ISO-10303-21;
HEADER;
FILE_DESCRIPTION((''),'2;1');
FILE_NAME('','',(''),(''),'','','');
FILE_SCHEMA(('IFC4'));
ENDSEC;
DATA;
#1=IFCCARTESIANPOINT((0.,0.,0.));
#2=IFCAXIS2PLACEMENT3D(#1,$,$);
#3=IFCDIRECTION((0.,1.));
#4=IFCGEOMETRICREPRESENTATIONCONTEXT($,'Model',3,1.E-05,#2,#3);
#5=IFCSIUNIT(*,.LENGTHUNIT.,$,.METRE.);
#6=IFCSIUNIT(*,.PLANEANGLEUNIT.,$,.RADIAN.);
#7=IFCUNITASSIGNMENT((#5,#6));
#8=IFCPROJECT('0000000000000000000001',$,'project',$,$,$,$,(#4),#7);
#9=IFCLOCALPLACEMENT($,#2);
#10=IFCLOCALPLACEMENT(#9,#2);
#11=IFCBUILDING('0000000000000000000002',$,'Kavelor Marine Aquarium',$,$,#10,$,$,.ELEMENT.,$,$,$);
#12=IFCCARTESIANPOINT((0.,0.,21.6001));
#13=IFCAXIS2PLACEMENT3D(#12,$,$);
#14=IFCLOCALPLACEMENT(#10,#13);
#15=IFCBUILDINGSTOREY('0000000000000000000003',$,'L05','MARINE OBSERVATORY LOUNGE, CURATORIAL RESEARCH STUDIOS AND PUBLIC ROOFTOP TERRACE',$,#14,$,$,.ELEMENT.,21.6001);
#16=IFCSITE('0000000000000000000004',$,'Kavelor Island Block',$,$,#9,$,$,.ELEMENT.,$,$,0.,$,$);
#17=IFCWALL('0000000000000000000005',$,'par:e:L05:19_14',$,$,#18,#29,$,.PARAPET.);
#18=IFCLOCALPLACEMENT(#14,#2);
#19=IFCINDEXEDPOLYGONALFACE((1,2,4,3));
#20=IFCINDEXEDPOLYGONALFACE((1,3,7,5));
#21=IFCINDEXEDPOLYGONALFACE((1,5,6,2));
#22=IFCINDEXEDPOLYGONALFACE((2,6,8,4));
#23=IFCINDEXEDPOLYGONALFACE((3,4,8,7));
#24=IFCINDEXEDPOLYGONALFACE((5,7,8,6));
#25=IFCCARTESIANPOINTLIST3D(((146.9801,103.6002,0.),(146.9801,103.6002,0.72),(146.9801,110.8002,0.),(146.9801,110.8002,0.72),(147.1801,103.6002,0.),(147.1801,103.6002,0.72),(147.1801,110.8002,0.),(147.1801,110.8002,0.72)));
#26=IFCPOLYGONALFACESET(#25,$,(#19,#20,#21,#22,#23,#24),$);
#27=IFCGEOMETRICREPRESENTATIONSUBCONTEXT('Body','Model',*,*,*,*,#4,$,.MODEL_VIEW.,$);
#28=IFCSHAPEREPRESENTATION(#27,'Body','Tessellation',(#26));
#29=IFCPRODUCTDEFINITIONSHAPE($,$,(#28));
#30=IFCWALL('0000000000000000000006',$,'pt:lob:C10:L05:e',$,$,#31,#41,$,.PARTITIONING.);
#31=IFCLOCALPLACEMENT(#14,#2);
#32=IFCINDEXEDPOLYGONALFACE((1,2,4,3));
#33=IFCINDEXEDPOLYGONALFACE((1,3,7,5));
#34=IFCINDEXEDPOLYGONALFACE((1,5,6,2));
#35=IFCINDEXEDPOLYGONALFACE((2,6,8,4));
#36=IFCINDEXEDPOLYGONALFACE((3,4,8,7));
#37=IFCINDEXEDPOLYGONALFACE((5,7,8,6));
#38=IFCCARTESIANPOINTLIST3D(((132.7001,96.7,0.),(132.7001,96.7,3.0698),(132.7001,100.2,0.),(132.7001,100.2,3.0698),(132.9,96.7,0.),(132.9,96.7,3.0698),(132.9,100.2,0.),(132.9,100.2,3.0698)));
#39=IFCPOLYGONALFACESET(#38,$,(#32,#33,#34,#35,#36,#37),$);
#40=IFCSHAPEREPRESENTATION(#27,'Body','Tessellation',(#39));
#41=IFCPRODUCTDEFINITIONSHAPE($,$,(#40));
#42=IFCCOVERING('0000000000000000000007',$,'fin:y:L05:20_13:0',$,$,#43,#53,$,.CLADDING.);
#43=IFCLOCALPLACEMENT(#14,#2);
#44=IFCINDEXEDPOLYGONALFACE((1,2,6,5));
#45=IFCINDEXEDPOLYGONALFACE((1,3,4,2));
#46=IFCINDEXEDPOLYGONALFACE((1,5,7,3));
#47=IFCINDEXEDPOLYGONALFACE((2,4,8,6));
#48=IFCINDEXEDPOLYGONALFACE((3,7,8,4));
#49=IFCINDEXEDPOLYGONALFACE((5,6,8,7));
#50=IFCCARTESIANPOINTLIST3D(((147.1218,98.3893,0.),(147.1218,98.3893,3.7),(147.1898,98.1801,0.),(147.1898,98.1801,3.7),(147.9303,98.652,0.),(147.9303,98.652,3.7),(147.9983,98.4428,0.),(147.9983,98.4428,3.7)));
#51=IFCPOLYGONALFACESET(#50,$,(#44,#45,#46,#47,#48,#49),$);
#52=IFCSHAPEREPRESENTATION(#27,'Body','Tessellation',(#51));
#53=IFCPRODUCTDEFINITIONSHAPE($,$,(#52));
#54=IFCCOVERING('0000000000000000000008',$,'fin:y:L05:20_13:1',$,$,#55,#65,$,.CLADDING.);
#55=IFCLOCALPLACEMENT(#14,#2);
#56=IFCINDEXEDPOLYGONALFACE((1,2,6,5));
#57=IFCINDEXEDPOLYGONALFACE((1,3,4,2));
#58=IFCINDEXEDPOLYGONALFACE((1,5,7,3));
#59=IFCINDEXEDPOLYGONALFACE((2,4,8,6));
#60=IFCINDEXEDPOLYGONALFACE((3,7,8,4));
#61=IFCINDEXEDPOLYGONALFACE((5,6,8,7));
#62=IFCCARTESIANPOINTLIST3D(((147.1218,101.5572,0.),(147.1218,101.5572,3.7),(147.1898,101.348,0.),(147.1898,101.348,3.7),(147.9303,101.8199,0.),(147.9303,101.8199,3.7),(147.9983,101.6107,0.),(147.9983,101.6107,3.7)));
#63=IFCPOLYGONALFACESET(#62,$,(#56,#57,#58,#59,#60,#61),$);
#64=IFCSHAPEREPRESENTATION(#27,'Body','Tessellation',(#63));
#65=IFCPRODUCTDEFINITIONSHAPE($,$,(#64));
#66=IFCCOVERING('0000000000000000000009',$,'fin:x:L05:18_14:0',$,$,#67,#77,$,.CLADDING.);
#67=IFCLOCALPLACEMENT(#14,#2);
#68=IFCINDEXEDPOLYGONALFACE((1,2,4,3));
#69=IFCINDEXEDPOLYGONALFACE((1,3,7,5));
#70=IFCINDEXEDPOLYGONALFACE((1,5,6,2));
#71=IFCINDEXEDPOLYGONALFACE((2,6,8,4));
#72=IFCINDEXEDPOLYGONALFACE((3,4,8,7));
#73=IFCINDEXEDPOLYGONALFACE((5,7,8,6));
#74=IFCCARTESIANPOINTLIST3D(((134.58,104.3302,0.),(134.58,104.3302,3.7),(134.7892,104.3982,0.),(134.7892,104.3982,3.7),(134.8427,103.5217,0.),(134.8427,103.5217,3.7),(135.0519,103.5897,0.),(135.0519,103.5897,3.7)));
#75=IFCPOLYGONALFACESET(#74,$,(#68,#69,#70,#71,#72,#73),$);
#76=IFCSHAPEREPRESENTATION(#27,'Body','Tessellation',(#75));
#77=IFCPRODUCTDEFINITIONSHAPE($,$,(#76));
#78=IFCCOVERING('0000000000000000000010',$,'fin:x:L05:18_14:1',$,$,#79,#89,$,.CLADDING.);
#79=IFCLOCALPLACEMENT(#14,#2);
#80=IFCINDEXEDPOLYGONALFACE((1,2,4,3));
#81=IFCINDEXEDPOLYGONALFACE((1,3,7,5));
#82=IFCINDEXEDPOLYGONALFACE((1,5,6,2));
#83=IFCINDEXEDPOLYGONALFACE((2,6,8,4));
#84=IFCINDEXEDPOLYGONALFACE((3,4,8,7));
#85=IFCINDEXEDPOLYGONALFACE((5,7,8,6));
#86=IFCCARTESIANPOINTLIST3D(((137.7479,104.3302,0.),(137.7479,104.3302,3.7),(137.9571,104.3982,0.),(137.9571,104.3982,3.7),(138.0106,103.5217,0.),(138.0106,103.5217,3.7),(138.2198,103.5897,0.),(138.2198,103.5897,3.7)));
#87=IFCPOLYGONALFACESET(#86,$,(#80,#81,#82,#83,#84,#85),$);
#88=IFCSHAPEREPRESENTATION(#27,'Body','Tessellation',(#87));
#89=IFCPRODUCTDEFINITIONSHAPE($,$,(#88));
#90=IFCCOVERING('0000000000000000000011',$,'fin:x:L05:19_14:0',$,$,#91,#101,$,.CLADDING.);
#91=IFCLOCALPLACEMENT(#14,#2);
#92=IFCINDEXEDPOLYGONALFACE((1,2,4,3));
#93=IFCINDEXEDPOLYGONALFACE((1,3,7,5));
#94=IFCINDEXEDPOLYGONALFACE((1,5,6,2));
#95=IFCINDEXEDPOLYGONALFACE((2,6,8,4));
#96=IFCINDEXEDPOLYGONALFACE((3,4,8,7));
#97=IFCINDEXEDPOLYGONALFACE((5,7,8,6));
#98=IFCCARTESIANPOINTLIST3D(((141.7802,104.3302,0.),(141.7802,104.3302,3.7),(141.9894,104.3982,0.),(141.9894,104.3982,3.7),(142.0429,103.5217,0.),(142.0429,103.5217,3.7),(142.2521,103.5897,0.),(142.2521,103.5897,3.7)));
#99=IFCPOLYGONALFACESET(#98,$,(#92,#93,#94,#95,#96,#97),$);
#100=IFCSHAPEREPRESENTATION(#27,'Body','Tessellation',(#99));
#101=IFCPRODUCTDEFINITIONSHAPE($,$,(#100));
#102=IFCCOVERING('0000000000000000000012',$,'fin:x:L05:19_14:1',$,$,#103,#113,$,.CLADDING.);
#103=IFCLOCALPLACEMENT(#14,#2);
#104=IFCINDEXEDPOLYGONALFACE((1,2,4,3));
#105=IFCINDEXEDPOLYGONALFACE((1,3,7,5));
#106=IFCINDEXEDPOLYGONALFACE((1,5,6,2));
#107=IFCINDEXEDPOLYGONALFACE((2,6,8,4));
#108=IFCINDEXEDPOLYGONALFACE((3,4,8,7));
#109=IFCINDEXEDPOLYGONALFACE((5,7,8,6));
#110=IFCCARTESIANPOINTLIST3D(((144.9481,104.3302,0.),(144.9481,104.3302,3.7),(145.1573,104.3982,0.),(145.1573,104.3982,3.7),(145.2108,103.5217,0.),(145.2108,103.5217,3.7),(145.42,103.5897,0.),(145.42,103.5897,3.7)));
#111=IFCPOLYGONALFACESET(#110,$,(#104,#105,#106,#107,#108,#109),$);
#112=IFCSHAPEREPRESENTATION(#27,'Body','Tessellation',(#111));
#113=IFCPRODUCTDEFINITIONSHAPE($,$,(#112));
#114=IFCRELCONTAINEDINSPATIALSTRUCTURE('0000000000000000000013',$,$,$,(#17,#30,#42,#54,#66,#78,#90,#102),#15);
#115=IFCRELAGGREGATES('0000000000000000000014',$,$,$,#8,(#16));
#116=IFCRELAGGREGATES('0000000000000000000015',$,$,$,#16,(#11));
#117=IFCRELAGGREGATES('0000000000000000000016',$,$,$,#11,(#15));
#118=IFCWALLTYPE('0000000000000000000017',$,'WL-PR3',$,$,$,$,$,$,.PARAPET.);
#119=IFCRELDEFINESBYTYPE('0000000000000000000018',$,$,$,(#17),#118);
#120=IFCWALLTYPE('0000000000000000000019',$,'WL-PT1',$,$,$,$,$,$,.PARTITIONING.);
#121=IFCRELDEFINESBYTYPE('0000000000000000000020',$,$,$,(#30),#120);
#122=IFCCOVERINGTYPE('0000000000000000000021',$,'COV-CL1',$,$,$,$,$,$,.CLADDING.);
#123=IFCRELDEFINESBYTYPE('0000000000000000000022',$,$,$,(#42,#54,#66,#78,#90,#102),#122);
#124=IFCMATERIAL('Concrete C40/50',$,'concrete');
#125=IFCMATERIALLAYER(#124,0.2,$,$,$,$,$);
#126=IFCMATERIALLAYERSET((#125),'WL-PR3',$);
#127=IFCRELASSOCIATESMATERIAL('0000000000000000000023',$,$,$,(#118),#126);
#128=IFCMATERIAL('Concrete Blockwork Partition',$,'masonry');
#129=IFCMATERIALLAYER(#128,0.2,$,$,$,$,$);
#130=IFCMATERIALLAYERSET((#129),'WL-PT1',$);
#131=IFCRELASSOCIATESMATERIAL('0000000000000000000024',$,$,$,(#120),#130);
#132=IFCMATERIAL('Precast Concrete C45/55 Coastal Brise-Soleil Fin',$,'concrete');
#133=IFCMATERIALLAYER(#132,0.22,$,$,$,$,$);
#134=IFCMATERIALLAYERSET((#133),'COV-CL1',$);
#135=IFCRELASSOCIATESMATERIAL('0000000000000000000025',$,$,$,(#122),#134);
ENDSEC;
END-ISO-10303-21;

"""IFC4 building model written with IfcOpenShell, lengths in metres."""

from ifc_helpers import new_model, si_unit, direction, frame, frame_2d, origin, origin_2d, place, context, subcontext, project, spatial, rectangle, extrude, material, layer, layer_set, type_object, element, save


model = new_model("IFC4")

# Units and contexts
model_context = context("Model", 3, precision=1e-05, world=origin(), true_north=direction((0.0, 1.0)))
body_context = subcontext(model_context, "Body", "Model", "MODEL_VIEW")
ifc_project = project(units=[si_unit("LENGTHUNIT", "METRE"), si_unit("PLANEANGLEUNIT", "RADIAN")], contexts=[model_context])

# Site, building, storey
site_placement = place(None, origin())
site = spatial("IfcSite", under=ifc_project, at=site_placement, Name="Kavelor Island Block", CompositionType="ELEMENT", RefElevation=0.0)
building_placement = place(site_placement, origin())
building = spatial("IfcBuilding", under=site, at=building_placement, Name="Kavelor Marine Aquarium", CompositionType="ELEMENT")
storey_placement = place(building_placement, frame((0.0, 0.0, 21.6001)))
storey = spatial("IfcBuildingStorey", under=building, at=storey_placement, Name="L05", Description="MARINE OBSERVATORY LOUNGE, CURATORIAL RESEARCH STUDIOS AND PUBLIC ROOFTOP TERRACE", CompositionType="ELEMENT", Elevation=21.6001)

# Walls
ifc_material_1 = material(Name="Concrete C40/50", Category="concrete")
ifc_layer_1 = layer(ifc_material_1, 0.2)
ifc_layer_set_1 = layer_set([ifc_layer_1], Name="WL-PR3")
wall_type_1 = type_object("IfcWallType", Name="WL-PR3", PredefinedType="PARAPET", material=ifc_layer_set_1)
for number, where, z_axis, x_axis, name in (
    (1, (147.0801, 103.6001, 0.0), (0.0, 0.0, 1.0), (0.0, 1.0, 0.0), "par:e:L05:19_14"),
):
    element("IfcWall", number, at=place(storey_placement, frame(where, z_axis=z_axis, x_axis=x_axis)), inside=storey, type_object=wall_type_1, Name=name, PredefinedType="PARAPET", context=body_context, shape_type="SweptSolid", body=[
        extrude(rectangle(XDim=7.2, YDim=0.2, at=frame_2d((3.6001, 0.0))), origin(), (0.0, 0.0, 1.0), 0.72),
    ])
ifc_material_2 = material(Name="Concrete Blockwork Partition", Category="masonry")
ifc_layer_2 = layer(ifc_material_2, 0.2)
ifc_layer_set_2 = layer_set([ifc_layer_2], Name="WL-PT1")
wall_type_2 = type_object("IfcWallType", Name="WL-PT1", PredefinedType="PARTITIONING", material=ifc_layer_set_2)
wall_1_placement = place(storey_placement, frame((132.8, 96.7, 0.0), z_axis=(0.0, 0.0, 1.0), x_axis=(0.0, 1.0, 0.0)))
element("IfcWall", 2, at=wall_1_placement, inside=storey, type_object=wall_type_2, Name="pt:lob:C10:L05:e", PredefinedType="PARTITIONING", context=body_context, shape_type="SweptSolid", body=[
    extrude(rectangle(XDim=3.5, YDim=0.2, at=frame_2d((1.75, 0.0))), origin(), (0.0, 0.0, 1.0), 3.0698),
])

# Coverings
ifc_material_3 = material(Name="Precast Concrete C45/55 Coastal Brise-Soleil Fin", Category="concrete")
ifc_layer_3 = layer(ifc_material_3, 0.22)
ifc_layer_set_3 = layer_set([ifc_layer_3], Name="COV-CL1")
covering_type = type_object("IfcCoveringType", Name="COV-CL1", PredefinedType="CLADDING", material=ifc_layer_set_3)
for number, where, z_axis, x_axis, name in (
    (3, (147.5601, 98.416, 0.0), (0.0, 0.0, 1.0), (0.951057, 0.309017, 0.0), "fin:y:L05:20_13:0"),
    (4, (147.5601, 101.584, 0.0), (0.0, 0.0, 1.0), (0.951057, 0.309017, 0.0), "fin:y:L05:20_13:1"),
):
    element("IfcCovering", number, at=place(storey_placement, frame(where, z_axis=z_axis, x_axis=x_axis)), inside=storey, type_object=covering_type, Name=name, PredefinedType="CLADDING", context=body_context, shape_type="SweptSolid", body=[
        extrude(rectangle(XDim=0.8501, YDim=0.22, at=origin_2d()), origin(), (0.0, 0.0, 1.0), 3.7),
    ])
for number, where, z_axis, x_axis, name in (
    (5, (134.8159, 103.96, 0.0), (0.0, 0.0, 1.0), (0.951057, 0.309017, 0.0), "fin:x:L05:18_14:0"),
    (6, (137.9839, 103.96, 0.0), (0.0, 0.0, 1.0), (0.951057, 0.309017, 0.0), "fin:x:L05:18_14:1"),
    (7, (142.0161, 103.96, 0.0), (0.0, 0.0, 1.0), (0.951057, 0.309017, 0.0), "fin:x:L05:19_14:0"),
    (8, (145.1841, 103.96, 0.0), (0.0, 0.0, 1.0), (0.951057, 0.309017, 0.0), "fin:x:L05:19_14:1"),
):
    element("IfcCovering", number, at=place(storey_placement, frame(where, z_axis=z_axis, x_axis=x_axis)), inside=storey, type_object=covering_type, Name=name, PredefinedType="CLADDING", context=body_context, shape_type="SweptSolid", body=[
        extrude(rectangle(XDim=0.22, YDim=0.8501, at=origin_2d()), origin(), (0.0, 0.0, 1.0), 3.7),
    ])

save(model, "model.ifc")
